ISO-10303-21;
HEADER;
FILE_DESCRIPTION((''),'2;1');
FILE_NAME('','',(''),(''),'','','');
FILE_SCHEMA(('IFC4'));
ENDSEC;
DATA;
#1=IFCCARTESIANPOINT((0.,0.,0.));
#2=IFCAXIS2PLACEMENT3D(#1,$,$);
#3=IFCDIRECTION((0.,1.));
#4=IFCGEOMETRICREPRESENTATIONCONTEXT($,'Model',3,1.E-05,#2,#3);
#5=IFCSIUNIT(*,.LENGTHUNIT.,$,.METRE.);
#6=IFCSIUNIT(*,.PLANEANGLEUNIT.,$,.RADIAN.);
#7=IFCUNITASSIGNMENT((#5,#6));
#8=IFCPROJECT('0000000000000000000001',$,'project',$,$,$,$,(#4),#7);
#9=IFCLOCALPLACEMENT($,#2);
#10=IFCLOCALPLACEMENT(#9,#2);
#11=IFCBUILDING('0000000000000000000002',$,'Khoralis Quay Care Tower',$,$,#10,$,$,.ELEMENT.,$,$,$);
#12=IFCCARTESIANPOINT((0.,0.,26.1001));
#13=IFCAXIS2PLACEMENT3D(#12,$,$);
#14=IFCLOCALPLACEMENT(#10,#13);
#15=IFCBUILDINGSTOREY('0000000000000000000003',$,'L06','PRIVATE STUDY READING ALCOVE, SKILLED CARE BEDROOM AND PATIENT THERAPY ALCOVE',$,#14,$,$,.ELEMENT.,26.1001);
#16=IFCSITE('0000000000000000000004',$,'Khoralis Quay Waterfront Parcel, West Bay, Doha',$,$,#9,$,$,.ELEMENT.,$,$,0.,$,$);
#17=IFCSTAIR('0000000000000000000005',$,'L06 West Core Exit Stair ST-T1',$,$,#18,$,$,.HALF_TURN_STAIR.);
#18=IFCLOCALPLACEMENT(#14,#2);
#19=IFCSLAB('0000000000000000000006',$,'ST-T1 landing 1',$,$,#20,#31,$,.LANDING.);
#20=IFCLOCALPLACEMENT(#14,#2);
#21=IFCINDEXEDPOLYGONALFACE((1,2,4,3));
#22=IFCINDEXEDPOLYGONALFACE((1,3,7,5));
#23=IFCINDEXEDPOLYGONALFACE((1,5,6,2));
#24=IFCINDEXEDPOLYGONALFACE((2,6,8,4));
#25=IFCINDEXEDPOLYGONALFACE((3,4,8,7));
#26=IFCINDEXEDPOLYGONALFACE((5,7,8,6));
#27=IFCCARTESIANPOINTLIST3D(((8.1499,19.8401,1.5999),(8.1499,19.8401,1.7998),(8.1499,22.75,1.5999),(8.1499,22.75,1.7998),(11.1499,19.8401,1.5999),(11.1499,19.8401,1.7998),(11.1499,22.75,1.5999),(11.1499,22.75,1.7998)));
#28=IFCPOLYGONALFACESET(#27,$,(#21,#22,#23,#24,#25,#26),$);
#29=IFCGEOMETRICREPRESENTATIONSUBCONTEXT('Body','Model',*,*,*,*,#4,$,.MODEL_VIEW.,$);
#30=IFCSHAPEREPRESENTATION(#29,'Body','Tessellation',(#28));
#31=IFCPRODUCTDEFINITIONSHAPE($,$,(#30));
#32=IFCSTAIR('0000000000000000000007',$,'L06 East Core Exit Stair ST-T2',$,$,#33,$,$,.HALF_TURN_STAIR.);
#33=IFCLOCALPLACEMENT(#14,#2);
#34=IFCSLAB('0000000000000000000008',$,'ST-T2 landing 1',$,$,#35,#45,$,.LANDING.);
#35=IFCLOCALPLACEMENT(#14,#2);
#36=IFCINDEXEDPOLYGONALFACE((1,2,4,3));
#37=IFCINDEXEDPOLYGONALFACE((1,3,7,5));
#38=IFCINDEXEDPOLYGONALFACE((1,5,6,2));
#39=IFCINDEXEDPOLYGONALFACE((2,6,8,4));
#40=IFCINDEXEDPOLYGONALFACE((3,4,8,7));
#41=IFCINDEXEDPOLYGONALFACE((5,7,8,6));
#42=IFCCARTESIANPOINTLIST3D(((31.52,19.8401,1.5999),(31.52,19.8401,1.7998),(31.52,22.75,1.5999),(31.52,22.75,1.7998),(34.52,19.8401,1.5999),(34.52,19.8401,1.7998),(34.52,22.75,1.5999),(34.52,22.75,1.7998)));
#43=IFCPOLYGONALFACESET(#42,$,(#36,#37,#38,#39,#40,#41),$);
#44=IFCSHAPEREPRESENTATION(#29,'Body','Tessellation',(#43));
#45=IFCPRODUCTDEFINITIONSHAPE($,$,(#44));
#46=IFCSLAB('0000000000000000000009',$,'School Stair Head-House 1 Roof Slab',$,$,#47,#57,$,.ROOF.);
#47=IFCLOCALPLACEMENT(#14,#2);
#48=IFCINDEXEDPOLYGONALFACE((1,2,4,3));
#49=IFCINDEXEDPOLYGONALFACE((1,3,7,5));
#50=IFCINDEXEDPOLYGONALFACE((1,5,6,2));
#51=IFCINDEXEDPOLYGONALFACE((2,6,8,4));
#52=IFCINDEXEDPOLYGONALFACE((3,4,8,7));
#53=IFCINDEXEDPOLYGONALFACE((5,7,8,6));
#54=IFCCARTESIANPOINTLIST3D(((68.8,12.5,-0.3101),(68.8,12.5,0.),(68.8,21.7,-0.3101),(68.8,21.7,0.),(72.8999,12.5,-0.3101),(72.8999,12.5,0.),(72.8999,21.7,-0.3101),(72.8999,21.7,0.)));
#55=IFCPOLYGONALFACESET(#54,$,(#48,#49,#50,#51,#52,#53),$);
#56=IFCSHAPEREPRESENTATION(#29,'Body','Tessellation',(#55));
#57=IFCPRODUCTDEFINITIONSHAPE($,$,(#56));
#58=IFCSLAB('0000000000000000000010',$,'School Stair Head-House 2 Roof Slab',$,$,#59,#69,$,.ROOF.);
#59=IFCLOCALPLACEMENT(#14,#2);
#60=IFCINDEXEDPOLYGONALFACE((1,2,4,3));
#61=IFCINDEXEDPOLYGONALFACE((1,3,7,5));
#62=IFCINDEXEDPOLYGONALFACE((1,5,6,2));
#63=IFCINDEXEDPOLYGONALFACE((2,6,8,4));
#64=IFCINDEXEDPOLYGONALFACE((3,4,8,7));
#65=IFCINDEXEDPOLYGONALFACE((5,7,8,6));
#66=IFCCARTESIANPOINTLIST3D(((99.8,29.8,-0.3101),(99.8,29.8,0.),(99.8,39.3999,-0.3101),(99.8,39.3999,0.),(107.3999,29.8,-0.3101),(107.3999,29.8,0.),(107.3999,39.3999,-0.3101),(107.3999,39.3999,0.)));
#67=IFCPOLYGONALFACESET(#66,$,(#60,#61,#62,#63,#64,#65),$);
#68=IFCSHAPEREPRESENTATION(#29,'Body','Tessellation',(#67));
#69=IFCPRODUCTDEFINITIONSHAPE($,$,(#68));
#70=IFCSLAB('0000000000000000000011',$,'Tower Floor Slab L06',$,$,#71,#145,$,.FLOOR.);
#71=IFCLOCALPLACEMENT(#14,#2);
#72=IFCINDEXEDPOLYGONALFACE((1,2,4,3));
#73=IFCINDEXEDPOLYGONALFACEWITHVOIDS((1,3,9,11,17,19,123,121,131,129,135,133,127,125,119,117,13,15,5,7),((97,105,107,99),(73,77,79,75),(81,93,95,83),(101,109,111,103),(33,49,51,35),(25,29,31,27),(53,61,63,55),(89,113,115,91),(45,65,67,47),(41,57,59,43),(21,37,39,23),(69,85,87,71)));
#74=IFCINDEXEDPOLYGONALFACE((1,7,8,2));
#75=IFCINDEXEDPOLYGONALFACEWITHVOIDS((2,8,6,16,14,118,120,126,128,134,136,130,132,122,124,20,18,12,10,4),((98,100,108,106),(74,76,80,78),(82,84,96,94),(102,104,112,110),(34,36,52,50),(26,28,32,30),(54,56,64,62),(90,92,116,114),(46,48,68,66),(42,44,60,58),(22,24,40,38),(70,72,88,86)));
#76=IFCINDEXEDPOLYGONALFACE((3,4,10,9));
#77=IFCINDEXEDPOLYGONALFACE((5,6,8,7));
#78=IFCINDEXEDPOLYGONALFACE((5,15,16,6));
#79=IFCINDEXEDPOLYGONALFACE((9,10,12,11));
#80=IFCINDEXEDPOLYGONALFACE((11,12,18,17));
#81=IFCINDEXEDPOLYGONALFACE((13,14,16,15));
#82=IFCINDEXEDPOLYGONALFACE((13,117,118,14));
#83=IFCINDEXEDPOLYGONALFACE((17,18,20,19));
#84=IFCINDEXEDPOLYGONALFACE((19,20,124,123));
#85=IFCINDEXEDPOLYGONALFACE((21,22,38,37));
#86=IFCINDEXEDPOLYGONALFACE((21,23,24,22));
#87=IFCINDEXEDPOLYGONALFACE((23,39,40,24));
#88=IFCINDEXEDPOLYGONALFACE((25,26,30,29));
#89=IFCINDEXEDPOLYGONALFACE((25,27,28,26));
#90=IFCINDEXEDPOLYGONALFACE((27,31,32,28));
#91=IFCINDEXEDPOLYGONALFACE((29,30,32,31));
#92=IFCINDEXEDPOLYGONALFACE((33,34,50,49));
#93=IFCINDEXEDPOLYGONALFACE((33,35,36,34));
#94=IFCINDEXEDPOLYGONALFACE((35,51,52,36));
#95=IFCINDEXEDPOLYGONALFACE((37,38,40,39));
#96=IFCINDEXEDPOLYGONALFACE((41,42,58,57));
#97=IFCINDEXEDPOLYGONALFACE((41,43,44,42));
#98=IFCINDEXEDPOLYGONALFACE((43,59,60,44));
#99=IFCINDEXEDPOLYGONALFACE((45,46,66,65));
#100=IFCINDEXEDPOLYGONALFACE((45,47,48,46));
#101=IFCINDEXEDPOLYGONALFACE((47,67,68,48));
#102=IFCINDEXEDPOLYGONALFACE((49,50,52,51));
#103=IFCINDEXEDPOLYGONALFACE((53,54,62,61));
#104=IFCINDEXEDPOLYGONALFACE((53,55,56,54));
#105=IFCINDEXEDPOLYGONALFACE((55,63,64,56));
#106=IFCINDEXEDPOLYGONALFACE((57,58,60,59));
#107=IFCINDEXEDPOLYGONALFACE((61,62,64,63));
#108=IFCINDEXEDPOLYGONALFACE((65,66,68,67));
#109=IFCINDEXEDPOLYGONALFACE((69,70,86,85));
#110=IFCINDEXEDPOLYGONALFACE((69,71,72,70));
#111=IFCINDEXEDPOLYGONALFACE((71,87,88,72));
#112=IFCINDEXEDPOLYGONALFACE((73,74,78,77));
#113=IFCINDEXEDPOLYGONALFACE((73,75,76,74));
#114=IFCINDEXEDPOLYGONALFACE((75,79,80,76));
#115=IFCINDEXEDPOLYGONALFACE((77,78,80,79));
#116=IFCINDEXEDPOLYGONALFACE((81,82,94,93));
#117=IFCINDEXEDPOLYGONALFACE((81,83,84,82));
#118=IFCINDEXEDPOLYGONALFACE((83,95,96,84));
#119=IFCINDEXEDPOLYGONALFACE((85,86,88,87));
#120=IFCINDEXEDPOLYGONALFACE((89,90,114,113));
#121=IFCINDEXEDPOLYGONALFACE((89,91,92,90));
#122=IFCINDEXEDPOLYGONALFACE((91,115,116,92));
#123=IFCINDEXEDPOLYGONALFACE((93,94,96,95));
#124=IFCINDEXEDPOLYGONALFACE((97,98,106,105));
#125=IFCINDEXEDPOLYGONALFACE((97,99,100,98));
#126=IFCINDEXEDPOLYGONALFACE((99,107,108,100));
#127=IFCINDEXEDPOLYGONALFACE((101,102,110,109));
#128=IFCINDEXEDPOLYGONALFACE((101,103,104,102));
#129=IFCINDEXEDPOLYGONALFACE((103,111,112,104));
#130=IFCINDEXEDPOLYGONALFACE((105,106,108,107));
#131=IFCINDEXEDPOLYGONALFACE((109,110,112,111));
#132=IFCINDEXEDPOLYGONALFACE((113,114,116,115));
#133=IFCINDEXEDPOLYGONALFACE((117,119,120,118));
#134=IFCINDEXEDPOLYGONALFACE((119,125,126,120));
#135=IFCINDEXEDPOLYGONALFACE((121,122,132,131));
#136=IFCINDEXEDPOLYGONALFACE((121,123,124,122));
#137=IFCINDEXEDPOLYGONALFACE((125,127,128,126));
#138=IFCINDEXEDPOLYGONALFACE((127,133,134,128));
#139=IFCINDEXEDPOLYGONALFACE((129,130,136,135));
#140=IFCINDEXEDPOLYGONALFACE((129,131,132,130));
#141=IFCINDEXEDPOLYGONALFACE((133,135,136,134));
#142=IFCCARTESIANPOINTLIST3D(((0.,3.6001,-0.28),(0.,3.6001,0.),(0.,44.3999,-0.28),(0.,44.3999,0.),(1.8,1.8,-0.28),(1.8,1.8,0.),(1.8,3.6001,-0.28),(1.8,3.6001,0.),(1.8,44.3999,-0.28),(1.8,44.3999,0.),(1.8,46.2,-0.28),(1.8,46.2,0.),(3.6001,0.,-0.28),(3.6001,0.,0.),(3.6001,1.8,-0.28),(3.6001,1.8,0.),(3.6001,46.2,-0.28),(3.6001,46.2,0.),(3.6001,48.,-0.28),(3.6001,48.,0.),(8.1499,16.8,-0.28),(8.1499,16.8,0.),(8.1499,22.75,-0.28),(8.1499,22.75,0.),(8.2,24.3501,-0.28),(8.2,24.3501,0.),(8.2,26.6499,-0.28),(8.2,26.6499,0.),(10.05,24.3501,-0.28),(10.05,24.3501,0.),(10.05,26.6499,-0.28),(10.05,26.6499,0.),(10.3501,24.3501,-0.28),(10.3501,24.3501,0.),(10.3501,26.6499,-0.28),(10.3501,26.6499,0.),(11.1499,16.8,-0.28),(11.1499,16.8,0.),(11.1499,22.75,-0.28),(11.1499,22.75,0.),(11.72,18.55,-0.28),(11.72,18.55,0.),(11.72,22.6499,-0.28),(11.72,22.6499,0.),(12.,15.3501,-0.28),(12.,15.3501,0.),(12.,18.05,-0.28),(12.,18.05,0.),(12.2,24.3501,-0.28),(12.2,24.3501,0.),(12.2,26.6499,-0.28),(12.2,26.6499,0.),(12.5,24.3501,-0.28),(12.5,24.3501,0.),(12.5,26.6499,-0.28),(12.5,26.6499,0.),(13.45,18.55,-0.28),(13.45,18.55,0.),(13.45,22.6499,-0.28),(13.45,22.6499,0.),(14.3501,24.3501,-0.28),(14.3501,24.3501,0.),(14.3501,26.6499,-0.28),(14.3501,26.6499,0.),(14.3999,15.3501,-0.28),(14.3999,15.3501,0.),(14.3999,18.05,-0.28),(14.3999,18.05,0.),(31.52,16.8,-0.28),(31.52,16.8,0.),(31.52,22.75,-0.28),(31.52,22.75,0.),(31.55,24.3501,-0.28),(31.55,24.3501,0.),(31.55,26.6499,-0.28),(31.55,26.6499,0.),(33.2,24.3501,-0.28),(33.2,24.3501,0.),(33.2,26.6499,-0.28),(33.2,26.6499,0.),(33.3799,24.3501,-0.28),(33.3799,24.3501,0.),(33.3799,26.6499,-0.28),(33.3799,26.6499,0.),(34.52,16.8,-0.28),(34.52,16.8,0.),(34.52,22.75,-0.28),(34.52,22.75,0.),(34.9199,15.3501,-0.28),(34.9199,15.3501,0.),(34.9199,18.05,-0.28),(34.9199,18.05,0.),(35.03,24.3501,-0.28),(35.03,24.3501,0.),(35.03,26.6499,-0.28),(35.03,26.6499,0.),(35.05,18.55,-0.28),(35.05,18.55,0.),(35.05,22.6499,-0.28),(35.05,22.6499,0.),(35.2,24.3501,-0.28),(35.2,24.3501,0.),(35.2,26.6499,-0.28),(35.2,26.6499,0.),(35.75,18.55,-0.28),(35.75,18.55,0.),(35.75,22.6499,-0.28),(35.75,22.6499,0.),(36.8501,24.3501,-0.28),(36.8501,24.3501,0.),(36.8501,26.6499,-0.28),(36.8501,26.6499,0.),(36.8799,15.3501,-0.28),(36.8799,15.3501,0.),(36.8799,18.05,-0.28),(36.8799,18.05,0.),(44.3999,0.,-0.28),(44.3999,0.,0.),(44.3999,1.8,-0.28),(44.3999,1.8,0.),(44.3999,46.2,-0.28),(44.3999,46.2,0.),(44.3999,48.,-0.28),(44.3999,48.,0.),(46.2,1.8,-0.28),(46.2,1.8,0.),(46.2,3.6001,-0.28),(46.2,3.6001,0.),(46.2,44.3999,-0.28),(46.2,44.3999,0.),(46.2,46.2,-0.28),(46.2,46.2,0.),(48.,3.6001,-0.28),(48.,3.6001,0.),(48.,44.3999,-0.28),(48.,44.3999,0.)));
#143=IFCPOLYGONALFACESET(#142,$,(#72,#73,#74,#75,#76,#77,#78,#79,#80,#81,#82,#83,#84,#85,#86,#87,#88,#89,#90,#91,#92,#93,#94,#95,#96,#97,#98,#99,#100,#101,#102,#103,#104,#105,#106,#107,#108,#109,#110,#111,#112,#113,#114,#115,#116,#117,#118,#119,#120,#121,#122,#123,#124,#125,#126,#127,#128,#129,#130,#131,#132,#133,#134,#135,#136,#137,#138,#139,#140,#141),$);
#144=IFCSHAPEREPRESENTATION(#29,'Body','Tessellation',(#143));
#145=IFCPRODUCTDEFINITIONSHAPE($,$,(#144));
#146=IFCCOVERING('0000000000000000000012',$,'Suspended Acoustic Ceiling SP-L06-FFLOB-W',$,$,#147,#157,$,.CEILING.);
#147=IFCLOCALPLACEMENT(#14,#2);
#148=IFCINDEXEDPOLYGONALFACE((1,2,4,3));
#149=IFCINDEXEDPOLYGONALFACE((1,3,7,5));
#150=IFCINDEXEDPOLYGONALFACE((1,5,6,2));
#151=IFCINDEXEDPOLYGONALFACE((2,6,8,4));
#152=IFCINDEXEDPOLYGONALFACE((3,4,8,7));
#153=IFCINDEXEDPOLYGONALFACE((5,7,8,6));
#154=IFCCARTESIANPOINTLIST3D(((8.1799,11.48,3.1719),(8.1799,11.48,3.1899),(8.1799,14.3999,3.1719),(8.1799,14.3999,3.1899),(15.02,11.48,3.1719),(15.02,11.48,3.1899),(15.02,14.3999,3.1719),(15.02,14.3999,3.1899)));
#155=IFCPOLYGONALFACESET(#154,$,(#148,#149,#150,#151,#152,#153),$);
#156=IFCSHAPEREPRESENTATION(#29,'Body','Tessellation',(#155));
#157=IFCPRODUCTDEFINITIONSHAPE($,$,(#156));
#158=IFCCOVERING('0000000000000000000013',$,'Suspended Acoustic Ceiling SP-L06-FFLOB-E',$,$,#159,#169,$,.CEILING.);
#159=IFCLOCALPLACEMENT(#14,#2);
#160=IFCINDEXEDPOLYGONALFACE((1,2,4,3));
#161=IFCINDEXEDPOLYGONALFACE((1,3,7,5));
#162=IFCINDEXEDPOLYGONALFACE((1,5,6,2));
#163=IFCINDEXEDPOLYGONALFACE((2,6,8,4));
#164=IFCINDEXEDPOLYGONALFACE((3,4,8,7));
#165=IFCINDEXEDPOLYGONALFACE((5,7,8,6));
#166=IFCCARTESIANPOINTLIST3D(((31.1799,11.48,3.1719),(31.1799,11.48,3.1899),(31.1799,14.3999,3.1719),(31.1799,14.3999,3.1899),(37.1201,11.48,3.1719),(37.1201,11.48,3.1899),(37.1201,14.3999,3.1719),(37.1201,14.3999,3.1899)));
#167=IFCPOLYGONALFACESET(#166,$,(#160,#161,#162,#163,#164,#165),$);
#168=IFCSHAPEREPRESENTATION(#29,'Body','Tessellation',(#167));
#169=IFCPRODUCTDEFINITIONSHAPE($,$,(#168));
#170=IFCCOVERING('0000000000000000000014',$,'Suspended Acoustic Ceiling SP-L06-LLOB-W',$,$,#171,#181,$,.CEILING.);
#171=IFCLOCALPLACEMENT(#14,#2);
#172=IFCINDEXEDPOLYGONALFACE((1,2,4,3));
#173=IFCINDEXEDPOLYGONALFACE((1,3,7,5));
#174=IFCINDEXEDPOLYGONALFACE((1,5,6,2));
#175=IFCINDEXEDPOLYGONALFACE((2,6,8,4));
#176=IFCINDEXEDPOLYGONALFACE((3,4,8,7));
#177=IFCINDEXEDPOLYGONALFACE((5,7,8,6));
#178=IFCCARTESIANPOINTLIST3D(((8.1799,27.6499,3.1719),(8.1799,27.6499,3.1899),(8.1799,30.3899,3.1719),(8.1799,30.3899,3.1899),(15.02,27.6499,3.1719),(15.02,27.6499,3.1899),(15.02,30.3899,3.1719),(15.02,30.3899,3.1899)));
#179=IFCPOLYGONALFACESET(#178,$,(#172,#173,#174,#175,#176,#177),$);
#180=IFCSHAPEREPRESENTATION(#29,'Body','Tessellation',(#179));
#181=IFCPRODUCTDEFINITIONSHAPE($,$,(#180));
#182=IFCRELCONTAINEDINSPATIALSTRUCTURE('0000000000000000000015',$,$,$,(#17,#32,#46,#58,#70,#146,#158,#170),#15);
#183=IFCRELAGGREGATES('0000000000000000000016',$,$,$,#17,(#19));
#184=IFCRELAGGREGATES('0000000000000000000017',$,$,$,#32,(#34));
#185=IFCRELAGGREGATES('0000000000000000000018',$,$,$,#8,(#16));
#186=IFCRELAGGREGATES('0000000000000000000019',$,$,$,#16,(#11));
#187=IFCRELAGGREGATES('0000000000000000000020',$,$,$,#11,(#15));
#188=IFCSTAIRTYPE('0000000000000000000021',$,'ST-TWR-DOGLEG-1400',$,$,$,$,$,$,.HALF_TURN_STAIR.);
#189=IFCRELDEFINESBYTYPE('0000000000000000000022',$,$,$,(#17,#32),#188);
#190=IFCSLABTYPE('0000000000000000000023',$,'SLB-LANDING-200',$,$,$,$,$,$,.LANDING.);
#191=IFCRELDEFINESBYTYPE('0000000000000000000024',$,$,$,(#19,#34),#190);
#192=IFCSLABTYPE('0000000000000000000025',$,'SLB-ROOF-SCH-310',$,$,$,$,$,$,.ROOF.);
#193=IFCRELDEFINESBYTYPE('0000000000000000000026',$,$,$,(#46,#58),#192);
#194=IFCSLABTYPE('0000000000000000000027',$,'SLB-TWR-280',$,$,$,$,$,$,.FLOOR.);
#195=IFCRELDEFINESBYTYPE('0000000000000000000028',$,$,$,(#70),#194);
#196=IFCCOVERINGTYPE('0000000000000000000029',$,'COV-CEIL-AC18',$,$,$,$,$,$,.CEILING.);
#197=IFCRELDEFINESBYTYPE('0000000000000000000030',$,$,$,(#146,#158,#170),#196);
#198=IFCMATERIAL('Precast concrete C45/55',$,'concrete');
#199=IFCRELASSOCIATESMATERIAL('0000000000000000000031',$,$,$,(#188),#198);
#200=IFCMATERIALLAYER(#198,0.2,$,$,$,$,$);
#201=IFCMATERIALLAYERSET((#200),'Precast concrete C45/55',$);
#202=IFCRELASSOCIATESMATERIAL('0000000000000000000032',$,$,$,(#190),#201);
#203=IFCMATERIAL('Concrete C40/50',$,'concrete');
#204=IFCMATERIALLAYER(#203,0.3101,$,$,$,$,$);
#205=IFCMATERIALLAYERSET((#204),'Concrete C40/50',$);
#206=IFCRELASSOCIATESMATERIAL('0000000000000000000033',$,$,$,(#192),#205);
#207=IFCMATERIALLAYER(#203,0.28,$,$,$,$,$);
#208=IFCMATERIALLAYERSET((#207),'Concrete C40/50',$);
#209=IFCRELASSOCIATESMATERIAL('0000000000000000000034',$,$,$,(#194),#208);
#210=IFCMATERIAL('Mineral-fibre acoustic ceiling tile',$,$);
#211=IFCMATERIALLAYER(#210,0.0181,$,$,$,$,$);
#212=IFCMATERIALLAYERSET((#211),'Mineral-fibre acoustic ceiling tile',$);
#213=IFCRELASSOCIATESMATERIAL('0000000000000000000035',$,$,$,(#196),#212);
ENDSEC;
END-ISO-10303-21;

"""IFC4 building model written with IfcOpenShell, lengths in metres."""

from ifc_helpers import new_model, si_unit, direction, frame, origin, place, context, subcontext, project, spatial, polyline, outline, extrude, material, layer, layer_set, type_object, element, aggregate, save


model = new_model("IFC4")

# Units and contexts
model_context = context("Model", 3, precision=1e-05, world=origin(), true_north=direction((0.0, 1.0)))
body_context = subcontext(model_context, "Body", "Model", "MODEL_VIEW")
ifc_project = project(units=[si_unit("LENGTHUNIT", "METRE"), si_unit("PLANEANGLEUNIT", "RADIAN")], contexts=[model_context])

# Site, building, storey
site_placement = place(None, origin())
site = spatial("IfcSite", under=ifc_project, at=site_placement, Name="Khoralis Quay Waterfront Parcel, West Bay, Doha", CompositionType="ELEMENT", RefElevation=0.0)
building_placement = place(site_placement, origin())
building = spatial("IfcBuilding", under=site, at=building_placement, Name="Khoralis Quay Care Tower", CompositionType="ELEMENT")
storey_placement = place(building_placement, frame((0.0, 0.0, 26.1001)))
storey = spatial("IfcBuildingStorey", under=building, at=storey_placement, Name="L06", Description="PRIVATE STUDY READING ALCOVE, SKILLED CARE BEDROOM AND PATIENT THERAPY ALCOVE", CompositionType="ELEMENT", Elevation=26.1001)

# Stairs, slabs
ifc_material_1 = material(Name="Precast concrete C45/55", Category="concrete")
stair_type = type_object("IfcStairType", Name="ST-TWR-DOGLEG-1400", PredefinedType="HALF_TURN_STAIR", material=ifc_material_1)
stair_1_placement = place(storey_placement, origin())
stair_1 = element("IfcStair", 1, at=stair_1_placement, inside=storey, type_object=stair_type, Name="L06 West Core Exit Stair ST-T1", PredefinedType="HALF_TURN_STAIR")
ifc_layer_1 = layer(ifc_material_1, 0.2)
ifc_layer_set_1 = layer_set([ifc_layer_1], Name="Precast concrete C45/55")
slab_type_1 = type_object("IfcSlabType", Name="SLB-LANDING-200", PredefinedType="LANDING", material=ifc_layer_set_1)
slab_1_placement = place(storey_placement, frame((0.0, 0.0, 1.5999)))
slab_1 = element("IfcSlab", 2, at=slab_1_placement, type_object=slab_type_1, Name="ST-T1 landing 1", PredefinedType="LANDING", context=body_context, shape_type="SweptSolid", body=[
    extrude(outline(polyline([(11.1499, 19.8401), (11.1499, 22.75), (8.1499, 22.75), (8.1499, 19.8401), (11.1499, 19.8401)])), origin(), (0.0, 0.0, 1.0), 0.2),
])
aggregate(stair_1, [slab_1])
stair_2_placement = place(storey_placement, origin())
stair_2 = element("IfcStair", 3, at=stair_2_placement, inside=storey, type_object=stair_type, Name="L06 East Core Exit Stair ST-T2", PredefinedType="HALF_TURN_STAIR")
slab_2_placement = place(storey_placement, frame((0.0, 0.0, 1.5999)))
slab_2 = element("IfcSlab", 4, at=slab_2_placement, type_object=slab_type_1, Name="ST-T2 landing 1", PredefinedType="LANDING", context=body_context, shape_type="SweptSolid", body=[
    extrude(outline(polyline([(34.52, 19.8401), (34.52, 22.75), (31.52, 22.75), (31.52, 19.8401), (34.52, 19.8401)])), origin(), (0.0, 0.0, 1.0), 0.2),
])
aggregate(stair_2, [slab_2])

# Slabs
ifc_material_2 = material(Name="Concrete C40/50", Category="concrete")
ifc_layer_2 = layer(ifc_material_2, 0.3101)
ifc_layer_set_2 = layer_set([ifc_layer_2], Name="Concrete C40/50")
slab_type_2 = type_object("IfcSlabType", Name="SLB-ROOF-SCH-310", PredefinedType="ROOF", material=ifc_layer_set_2)
slab_3_placement = place(storey_placement, frame((0.0, 0.0, -0.3101)))
element("IfcSlab", 5, at=slab_3_placement, inside=storey, type_object=slab_type_2, Name="School Stair Head-House 1 Roof Slab", PredefinedType="ROOF", context=body_context, shape_type="SweptSolid", body=[
    extrude(outline(polyline([(68.8, 12.5), (72.8999, 12.5), (72.8999, 21.7), (68.8, 21.7), (68.8, 12.5)])), origin(), (0.0, 0.0, 1.0), 0.3101),
])
slab_4_placement = place(storey_placement, frame((0.0, 0.0, -0.3101)))
element("IfcSlab", 6, at=slab_4_placement, inside=storey, type_object=slab_type_2, Name="School Stair Head-House 2 Roof Slab", PredefinedType="ROOF", context=body_context, shape_type="SweptSolid", body=[
    extrude(outline(polyline([(99.8, 29.8), (107.3999, 29.8), (107.3999, 39.3999), (99.8, 39.3999), (99.8, 29.8)])), origin(), (0.0, 0.0, 1.0), 0.3101),
])
ifc_layer_3 = layer(ifc_material_2, 0.28)
ifc_layer_set_3 = layer_set([ifc_layer_3], Name="Concrete C40/50")
slab_type_3 = type_object("IfcSlabType", Name="SLB-TWR-280", PredefinedType="FLOOR", material=ifc_layer_set_3)
slab_5_placement = place(storey_placement, frame((0.0, 0.0, -0.28)))
element("IfcSlab", 7, at=slab_5_placement, inside=storey, type_object=slab_type_3, Name="Tower Floor Slab L06", PredefinedType="FLOOR", context=body_context, shape_type="SweptSolid", body=[
    extrude(outline(polyline([(3.6001, 0.0), (44.3999, 0.0), (44.3999, 1.8), (46.2, 1.8), (46.2, 3.6001), (48.0, 3.6001), (48.0, 44.3999), (46.2, 44.3999), (46.2, 46.2), (44.3999, 46.2), (44.3999, 48.0), (3.6001, 48.0), (3.6001, 46.2), (1.8, 46.2), (1.8, 44.3999), (0.0, 44.3999), (0.0, 3.6001), (1.8, 3.6001), (1.8, 1.8), (3.6001, 1.8), (3.6001, 0.0)]), holes=[polyline([(11.1499, 16.8), (11.1499, 22.75), (8.1499, 22.75), (8.1499, 16.8), (11.1499, 16.8)]), polyline([(34.52, 16.8), (34.52, 22.75), (31.52, 22.75), (31.52, 16.8), (34.52, 16.8)]), polyline([(12.0, 15.3501), (14.3999, 15.3501), (14.3999, 18.05), (12.0, 18.05), (12.0, 15.3501)]), polyline([(34.9199, 15.3501), (36.8799, 15.3501), (36.8799, 18.05), (34.9199, 18.05), (34.9199, 15.3501)]), polyline([(8.2, 24.3501), (10.05, 24.3501), (10.05, 26.6499), (8.2, 26.6499), (8.2, 24.3501)]), polyline([(31.55, 24.3501), (33.2, 24.3501), (33.2, 26.6499), (31.55, 26.6499), (31.55, 24.3501)]), polyline([(10.3501, 24.3501), (12.2, 24.3501), (12.2, 26.6499), (10.3501, 26.6499), (10.3501, 24.3501)]), polyline([(33.3799, 24.3501), (35.03, 24.3501), (35.03, 26.6499), (33.3799, 26.6499), (33.3799, 24.3501)]), polyline([(12.5, 24.3501), (14.3501, 24.3501), (14.3501, 26.6499), (12.5, 26.6499), (12.5, 24.3501)]), polyline([(35.2, 24.3501), (36.8501, 24.3501), (36.8501, 26.6499), (35.2, 26.6499), (35.2, 24.3501)]), polyline([(11.72, 18.55), (13.45, 18.55), (13.45, 22.6499), (11.72, 22.6499), (11.72, 18.55)]), polyline([(35.05, 18.55), (35.75, 18.55), (35.75, 22.6499), (35.05, 22.6499), (35.05, 18.55)])]), origin(), (0.0, 0.0, 1.0), 0.28),
])

# Coverings
ifc_material_3 = material(Name="Mineral-fibre acoustic ceiling tile")
ifc_layer_4 = layer(ifc_material_3, 0.0181)
ifc_layer_set_4 = layer_set([ifc_layer_4], Name="Mineral-fibre acoustic ceiling tile")
covering_type_1 = type_object("IfcCoveringType", Name="COV-CEIL-AC18", PredefinedType="CEILING", material=ifc_layer_set_4)
covering_1_placement = place(storey_placement, frame((0.0, 0.0, 3.1719)))
element("IfcCovering", 8, at=covering_1_placement, inside=storey, type_object=covering_type_1, Name="Suspended Acoustic Ceiling SP-L06-FFLOB-W", PredefinedType="CEILING", context=body_context, shape_type="SweptSolid", body=[
    extrude(outline(polyline([(8.1799, 11.48), (15.02, 11.48), (15.02, 14.3999), (8.1799, 14.3999), (8.1799, 11.48)])), origin(), (0.0, 0.0, 1.0), 0.0181),
])
covering_2_placement = place(storey_placement, frame((0.0, 0.0, 3.1719)))
element("IfcCovering", 9, at=covering_2_placement, inside=storey, type_object=covering_type_1, Name="Suspended Acoustic Ceiling SP-L06-FFLOB-E", PredefinedType="CEILING", context=body_context, shape_type="SweptSolid", body=[
    extrude(outline(polyline([(31.1799, 11.48), (37.1201, 11.48), (37.1201, 14.3999), (31.1799, 14.3999), (31.1799, 11.48)])), origin(), (0.0, 0.0, 1.0), 0.0181),
])
covering_3_placement = place(storey_placement, frame((0.0, 0.0, 3.1719)))
element("IfcCovering", 10, at=covering_3_placement, inside=storey, type_object=covering_type_1, Name="Suspended Acoustic Ceiling SP-L06-LLOB-W", PredefinedType="CEILING", context=body_context, shape_type="SweptSolid", body=[
    extrude(outline(polyline([(8.1799, 27.6499), (15.02, 27.6499), (15.02, 30.3899), (8.1799, 30.3899), (8.1799, 27.6499)])), origin(), (0.0, 0.0, 1.0), 0.0181),
])

save(model, "model.ifc")
